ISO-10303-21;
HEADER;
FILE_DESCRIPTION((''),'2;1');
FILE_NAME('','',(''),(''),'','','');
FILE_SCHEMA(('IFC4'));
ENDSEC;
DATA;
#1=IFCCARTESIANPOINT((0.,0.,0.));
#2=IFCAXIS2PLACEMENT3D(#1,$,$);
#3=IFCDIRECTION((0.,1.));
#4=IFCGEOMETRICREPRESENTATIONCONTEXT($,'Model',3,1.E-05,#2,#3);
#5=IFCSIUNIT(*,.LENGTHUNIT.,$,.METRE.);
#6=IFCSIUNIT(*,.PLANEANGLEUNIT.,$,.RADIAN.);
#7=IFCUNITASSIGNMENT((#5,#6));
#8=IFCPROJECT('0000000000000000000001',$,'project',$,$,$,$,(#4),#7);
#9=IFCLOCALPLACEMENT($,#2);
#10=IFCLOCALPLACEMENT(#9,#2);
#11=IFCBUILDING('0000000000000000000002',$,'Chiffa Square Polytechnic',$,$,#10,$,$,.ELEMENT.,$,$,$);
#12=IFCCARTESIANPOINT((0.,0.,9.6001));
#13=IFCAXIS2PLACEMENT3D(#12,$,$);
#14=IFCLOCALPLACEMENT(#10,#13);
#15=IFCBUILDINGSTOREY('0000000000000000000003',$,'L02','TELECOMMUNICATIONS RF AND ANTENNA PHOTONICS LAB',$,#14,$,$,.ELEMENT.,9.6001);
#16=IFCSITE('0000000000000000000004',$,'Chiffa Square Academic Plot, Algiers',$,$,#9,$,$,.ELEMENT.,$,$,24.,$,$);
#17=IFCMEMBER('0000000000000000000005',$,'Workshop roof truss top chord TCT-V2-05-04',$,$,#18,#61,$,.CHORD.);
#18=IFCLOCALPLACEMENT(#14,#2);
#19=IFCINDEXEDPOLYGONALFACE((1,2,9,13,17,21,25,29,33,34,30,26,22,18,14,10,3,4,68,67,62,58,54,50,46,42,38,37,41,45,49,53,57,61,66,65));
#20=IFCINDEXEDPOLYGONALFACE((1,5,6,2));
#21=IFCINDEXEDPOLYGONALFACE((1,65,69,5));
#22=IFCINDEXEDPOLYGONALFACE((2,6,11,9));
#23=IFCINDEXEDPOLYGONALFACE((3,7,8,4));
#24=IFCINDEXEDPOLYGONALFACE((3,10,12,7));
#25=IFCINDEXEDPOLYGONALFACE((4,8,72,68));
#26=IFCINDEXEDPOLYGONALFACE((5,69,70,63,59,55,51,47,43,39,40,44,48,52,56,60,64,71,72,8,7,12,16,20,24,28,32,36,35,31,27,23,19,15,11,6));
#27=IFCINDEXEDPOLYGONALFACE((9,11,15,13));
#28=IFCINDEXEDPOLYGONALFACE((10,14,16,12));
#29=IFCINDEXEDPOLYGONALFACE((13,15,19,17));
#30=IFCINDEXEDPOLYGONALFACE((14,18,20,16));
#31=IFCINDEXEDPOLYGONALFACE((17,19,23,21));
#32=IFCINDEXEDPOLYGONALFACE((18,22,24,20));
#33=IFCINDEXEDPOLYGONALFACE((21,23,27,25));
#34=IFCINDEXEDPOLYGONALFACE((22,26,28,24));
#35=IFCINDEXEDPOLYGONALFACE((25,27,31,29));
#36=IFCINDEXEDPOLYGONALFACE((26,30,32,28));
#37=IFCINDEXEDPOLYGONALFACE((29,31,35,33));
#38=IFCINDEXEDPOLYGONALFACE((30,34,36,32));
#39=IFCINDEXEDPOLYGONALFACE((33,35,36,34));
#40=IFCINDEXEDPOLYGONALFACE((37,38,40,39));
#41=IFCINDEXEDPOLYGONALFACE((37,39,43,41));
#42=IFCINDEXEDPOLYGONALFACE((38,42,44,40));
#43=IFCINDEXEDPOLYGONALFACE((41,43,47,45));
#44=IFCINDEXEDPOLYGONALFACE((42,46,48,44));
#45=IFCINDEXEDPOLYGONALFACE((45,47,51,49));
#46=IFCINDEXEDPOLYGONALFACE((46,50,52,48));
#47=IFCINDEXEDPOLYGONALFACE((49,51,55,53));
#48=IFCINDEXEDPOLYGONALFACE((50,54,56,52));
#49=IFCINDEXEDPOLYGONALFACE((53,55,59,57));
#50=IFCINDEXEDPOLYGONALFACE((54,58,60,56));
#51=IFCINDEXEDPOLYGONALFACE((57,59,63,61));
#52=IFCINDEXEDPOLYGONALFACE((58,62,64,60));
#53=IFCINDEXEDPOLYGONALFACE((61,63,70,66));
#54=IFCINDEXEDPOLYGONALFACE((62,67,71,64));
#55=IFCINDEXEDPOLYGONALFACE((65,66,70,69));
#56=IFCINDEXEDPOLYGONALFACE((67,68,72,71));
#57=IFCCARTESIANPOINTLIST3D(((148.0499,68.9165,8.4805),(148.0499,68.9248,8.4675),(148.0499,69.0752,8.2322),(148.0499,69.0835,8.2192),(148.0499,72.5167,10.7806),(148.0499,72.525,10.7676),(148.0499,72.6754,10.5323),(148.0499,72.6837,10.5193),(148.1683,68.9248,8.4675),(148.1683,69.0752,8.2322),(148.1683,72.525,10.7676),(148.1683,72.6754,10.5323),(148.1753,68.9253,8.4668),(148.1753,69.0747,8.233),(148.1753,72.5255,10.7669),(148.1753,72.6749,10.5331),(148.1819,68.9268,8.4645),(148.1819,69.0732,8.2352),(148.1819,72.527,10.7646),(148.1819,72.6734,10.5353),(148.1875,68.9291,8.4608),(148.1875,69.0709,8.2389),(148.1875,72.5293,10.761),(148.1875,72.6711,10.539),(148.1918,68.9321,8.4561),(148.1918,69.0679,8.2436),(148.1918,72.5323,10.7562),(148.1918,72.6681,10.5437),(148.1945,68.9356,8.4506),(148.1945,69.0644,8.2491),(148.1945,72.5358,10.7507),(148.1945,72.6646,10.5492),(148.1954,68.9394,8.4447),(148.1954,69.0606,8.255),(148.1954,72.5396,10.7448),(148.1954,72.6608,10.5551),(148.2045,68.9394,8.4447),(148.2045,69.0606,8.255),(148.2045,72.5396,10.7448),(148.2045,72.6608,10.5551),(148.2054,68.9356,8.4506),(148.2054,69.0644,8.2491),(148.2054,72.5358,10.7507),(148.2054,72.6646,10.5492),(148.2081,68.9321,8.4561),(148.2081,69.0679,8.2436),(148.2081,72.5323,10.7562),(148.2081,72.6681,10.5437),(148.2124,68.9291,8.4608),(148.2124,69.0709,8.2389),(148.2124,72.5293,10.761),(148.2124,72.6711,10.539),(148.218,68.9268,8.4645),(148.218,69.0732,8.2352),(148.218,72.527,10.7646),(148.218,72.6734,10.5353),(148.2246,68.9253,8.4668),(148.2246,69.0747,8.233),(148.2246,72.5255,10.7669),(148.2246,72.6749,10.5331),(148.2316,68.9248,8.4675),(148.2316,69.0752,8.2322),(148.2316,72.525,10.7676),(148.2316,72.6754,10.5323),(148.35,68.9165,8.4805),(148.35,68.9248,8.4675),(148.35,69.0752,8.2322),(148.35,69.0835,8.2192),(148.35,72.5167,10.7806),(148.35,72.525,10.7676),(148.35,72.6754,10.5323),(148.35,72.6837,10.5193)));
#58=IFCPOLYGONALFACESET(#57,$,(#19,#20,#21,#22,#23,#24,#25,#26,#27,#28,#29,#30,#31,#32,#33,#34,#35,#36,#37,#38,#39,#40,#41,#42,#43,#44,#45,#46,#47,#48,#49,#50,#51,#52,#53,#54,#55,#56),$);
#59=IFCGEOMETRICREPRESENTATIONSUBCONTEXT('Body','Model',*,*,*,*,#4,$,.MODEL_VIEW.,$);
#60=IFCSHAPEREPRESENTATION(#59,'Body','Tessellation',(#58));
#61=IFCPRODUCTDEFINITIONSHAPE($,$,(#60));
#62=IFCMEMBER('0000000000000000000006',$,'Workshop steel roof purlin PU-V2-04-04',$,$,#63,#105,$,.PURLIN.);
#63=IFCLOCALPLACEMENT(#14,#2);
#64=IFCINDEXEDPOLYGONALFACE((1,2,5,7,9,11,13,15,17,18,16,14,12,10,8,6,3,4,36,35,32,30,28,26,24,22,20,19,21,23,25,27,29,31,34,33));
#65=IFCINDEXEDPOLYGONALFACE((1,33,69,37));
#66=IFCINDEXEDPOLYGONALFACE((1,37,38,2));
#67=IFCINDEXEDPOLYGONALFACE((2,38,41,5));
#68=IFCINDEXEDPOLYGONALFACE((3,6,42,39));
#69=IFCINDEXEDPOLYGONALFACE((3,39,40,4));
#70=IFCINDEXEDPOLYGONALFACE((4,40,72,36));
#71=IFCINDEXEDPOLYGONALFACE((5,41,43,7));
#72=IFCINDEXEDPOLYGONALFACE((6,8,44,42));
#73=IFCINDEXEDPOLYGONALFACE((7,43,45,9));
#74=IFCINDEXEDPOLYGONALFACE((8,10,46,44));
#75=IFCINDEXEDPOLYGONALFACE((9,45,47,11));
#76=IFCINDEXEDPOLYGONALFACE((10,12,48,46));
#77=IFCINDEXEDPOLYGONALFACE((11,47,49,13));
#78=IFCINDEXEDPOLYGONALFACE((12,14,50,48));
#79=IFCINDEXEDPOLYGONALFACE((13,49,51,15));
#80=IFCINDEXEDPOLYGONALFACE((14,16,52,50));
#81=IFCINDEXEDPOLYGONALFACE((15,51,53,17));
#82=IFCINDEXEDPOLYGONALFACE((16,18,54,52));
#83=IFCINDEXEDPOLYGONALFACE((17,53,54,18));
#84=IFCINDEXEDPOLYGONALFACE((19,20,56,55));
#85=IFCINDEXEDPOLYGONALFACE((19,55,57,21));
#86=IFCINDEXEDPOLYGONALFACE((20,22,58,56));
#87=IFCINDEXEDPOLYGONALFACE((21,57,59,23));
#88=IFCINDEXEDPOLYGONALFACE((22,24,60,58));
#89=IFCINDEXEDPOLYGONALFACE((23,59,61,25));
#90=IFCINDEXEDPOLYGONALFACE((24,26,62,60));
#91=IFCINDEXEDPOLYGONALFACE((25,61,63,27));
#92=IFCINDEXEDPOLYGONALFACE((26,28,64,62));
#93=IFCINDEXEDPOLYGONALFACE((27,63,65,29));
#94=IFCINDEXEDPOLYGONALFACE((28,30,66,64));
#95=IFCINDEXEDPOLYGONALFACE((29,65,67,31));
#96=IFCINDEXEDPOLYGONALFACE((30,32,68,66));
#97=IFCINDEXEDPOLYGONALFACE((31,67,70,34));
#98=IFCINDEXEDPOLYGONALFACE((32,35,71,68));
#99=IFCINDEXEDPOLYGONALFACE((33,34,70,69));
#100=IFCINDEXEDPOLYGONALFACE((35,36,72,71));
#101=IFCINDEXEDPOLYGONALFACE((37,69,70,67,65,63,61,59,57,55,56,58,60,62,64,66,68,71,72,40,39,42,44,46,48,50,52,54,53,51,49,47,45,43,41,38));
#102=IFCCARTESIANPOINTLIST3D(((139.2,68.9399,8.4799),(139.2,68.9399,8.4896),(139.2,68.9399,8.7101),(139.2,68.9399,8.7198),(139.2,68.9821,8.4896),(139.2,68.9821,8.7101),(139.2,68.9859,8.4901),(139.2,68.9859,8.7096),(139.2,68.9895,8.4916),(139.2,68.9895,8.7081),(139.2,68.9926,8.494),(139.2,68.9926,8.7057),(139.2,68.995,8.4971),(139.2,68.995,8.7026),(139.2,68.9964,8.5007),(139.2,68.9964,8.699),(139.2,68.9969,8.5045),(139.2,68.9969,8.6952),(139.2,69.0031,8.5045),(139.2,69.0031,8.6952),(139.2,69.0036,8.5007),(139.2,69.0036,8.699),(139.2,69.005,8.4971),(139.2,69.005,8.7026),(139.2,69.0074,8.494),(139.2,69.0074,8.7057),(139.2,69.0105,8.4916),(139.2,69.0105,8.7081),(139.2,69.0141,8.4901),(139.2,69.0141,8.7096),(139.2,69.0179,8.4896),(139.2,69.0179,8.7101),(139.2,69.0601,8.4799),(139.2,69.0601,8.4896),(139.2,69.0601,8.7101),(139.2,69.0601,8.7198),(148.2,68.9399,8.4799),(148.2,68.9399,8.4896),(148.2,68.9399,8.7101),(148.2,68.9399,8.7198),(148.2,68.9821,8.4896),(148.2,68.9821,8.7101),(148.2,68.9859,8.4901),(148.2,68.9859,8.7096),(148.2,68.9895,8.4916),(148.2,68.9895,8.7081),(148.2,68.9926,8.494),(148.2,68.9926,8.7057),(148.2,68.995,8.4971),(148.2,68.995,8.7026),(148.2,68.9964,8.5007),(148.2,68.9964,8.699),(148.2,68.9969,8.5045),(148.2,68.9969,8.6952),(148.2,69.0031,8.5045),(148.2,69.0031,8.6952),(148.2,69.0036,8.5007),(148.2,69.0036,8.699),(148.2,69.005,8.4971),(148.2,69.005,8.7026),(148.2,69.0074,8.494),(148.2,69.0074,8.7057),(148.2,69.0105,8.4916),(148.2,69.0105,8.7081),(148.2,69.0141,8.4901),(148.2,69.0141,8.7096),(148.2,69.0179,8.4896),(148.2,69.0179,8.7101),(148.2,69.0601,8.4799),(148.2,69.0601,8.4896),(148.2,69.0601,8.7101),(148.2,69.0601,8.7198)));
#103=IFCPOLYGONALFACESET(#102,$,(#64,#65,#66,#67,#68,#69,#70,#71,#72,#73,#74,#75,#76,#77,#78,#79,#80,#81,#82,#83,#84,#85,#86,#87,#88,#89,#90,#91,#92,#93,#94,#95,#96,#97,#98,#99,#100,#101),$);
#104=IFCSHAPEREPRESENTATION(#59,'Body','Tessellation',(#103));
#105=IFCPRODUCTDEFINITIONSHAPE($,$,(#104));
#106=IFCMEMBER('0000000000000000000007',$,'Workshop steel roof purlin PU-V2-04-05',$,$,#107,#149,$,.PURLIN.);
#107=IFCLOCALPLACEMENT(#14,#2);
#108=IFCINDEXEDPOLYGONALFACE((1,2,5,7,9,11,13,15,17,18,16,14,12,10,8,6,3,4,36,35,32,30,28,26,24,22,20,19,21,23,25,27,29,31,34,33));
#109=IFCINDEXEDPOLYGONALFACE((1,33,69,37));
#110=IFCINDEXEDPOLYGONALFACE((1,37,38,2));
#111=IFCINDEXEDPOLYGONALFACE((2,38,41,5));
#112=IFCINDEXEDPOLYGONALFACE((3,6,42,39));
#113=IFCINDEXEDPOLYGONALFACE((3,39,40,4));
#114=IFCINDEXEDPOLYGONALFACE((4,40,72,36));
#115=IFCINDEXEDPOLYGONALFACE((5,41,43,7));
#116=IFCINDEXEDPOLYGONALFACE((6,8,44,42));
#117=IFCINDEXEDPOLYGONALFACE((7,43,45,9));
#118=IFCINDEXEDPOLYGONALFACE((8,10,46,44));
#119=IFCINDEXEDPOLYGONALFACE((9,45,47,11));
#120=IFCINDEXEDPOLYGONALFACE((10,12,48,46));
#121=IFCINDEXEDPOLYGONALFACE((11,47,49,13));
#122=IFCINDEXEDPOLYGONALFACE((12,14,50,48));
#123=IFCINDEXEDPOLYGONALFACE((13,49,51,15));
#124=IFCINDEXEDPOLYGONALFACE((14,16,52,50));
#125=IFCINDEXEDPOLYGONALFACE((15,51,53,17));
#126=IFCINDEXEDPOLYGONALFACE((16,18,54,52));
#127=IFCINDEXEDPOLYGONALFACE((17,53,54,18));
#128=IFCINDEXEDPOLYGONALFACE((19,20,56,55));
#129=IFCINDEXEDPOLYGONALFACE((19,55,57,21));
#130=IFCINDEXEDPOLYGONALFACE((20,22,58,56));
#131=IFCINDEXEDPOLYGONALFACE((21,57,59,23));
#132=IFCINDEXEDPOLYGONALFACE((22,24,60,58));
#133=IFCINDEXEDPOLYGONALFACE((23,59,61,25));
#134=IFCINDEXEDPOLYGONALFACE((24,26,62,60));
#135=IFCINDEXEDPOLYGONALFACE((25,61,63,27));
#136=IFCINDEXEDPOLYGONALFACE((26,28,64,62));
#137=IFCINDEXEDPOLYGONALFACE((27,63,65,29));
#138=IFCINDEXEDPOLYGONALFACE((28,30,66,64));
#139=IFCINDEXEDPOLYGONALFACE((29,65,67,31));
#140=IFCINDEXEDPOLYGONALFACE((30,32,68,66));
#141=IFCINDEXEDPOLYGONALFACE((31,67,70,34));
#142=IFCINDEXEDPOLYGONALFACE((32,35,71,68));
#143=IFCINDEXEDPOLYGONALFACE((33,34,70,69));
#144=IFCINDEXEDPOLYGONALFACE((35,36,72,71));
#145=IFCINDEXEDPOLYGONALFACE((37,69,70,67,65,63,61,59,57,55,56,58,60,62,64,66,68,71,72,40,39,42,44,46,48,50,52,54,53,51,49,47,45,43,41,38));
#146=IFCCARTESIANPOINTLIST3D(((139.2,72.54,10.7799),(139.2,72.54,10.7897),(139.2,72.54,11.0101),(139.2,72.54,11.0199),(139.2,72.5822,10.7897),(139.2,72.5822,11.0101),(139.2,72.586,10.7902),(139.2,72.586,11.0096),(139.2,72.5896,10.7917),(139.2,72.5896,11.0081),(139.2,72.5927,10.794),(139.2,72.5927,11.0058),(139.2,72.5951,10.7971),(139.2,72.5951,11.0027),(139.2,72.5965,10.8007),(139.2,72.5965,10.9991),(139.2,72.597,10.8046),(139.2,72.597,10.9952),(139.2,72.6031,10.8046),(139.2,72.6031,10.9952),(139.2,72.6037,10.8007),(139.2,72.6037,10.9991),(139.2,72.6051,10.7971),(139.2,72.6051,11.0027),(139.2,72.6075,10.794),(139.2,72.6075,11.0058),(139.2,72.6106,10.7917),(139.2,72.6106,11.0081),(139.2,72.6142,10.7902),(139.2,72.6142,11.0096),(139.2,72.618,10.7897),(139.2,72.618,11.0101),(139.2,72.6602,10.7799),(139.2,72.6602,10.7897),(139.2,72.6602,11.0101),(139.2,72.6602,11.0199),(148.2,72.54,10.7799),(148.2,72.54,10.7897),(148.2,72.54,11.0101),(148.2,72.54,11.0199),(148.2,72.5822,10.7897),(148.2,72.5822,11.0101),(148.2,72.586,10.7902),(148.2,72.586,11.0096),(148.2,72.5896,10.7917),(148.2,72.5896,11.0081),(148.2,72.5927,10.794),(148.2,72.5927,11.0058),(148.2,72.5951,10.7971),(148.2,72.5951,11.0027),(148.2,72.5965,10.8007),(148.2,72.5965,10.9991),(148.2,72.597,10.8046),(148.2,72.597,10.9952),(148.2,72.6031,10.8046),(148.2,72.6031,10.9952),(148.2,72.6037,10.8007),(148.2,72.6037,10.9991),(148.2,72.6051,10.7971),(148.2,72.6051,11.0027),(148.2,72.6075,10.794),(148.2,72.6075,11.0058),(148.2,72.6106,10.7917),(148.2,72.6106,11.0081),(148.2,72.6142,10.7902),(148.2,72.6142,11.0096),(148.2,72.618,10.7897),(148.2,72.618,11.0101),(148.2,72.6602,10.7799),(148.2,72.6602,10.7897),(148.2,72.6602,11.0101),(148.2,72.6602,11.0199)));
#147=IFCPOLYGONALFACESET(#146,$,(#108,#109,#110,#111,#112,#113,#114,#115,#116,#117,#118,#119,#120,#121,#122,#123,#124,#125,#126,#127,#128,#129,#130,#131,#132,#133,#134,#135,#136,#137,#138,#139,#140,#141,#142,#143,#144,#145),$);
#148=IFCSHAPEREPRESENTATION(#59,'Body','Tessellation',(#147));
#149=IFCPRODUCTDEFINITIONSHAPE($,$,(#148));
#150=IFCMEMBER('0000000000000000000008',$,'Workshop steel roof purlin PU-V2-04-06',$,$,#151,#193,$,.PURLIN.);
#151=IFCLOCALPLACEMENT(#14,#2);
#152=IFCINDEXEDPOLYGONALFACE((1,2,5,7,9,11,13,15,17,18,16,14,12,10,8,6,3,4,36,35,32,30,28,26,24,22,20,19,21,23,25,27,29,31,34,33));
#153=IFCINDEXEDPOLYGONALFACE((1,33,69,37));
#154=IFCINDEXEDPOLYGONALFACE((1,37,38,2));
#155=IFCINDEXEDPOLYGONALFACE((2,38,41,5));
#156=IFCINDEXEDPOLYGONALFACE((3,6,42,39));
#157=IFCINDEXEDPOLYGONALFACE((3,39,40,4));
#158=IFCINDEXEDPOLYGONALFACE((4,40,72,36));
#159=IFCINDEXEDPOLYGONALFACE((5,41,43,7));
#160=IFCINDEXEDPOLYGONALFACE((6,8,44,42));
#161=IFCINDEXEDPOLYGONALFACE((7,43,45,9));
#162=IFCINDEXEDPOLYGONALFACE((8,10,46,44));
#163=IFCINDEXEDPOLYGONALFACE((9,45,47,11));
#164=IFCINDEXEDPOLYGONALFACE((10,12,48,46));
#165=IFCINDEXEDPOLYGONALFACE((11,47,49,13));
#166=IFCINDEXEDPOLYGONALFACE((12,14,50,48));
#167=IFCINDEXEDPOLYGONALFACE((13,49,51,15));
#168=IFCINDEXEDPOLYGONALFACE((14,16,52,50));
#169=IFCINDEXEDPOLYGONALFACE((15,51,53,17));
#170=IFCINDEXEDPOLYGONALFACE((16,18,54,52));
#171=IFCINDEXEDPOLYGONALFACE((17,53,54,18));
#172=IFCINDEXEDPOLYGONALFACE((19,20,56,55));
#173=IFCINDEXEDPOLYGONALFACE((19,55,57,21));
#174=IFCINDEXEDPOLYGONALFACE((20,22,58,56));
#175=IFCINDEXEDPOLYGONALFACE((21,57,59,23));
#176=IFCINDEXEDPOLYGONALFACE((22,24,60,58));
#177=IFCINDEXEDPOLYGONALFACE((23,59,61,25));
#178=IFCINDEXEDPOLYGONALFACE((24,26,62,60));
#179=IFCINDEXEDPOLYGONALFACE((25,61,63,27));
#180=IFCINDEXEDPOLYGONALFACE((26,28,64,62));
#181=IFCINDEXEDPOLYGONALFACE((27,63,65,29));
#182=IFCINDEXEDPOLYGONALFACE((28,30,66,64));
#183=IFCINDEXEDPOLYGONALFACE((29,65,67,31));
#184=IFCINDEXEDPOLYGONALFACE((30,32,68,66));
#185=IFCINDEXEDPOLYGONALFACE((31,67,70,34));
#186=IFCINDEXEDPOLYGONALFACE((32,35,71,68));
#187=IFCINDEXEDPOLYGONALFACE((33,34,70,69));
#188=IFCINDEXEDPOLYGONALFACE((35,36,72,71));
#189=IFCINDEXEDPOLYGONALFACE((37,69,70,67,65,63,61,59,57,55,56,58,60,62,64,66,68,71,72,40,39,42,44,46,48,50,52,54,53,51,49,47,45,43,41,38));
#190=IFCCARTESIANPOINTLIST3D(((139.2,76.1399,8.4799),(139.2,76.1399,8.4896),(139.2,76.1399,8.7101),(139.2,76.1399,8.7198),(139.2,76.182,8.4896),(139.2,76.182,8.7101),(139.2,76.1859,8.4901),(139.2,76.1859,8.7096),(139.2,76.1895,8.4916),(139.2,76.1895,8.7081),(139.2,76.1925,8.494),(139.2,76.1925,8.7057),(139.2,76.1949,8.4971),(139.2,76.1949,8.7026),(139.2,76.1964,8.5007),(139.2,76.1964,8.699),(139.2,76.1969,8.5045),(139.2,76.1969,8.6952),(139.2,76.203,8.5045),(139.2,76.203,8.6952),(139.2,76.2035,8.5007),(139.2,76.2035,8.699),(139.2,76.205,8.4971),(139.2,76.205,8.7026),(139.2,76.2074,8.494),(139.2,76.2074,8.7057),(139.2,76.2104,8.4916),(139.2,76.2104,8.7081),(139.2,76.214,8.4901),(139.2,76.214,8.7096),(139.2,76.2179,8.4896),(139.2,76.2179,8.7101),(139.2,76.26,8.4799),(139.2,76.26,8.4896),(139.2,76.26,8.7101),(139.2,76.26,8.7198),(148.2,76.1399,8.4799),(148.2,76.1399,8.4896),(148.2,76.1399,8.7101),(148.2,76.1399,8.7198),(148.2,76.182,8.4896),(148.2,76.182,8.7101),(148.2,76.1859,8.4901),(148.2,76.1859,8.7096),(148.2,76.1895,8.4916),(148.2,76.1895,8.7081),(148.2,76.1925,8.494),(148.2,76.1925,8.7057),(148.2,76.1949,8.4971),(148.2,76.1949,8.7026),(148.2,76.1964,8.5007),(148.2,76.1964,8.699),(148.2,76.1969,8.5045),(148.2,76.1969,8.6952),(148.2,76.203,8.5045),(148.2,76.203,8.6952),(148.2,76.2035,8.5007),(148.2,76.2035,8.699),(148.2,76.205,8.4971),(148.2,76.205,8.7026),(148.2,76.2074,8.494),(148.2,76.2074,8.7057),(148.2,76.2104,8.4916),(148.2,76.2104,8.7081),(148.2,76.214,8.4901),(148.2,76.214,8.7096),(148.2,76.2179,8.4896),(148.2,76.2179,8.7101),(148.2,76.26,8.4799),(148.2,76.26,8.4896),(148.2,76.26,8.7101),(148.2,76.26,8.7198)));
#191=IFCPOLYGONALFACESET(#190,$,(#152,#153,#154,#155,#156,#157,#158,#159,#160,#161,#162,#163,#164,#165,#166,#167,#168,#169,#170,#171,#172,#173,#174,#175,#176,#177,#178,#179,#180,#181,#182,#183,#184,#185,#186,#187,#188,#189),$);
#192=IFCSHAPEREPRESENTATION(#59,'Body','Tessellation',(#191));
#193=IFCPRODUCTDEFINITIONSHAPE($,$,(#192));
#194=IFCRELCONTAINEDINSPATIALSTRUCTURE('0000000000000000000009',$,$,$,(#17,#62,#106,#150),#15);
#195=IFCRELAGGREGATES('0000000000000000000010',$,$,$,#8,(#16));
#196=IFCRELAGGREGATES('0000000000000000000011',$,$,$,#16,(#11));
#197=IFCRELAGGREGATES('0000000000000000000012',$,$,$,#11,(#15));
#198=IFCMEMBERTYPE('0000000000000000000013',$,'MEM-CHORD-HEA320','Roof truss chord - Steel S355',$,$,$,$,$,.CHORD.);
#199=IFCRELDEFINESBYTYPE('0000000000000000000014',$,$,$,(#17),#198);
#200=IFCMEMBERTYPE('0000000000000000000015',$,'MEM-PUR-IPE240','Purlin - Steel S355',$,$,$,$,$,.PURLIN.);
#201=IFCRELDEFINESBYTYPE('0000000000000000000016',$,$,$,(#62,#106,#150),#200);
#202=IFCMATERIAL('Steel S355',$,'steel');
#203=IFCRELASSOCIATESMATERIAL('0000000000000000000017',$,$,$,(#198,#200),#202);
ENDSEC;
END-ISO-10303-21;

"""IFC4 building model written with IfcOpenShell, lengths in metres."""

from ifc_helpers import new_model, si_unit, direction, frame, origin, origin_2d, place, context, subcontext, project, spatial, i_section, extrude, material, material_profile, profile_set, type_object, element, save


model = new_model("IFC4")

# Units and contexts
model_context = context("Model", 3, precision=1e-05, world=origin(), true_north=direction((0.0, 1.0)))
body_context = subcontext(model_context, "Body", "Model", "MODEL_VIEW")
ifc_project = project(units=[si_unit("LENGTHUNIT", "METRE"), si_unit("PLANEANGLEUNIT", "RADIAN")], contexts=[model_context])

# Site, building, storey
site_placement = place(None, origin())
site = spatial("IfcSite", under=ifc_project, at=site_placement, Name="Chiffa Square Academic Plot, Algiers", CompositionType="ELEMENT", RefElevation=24.0)
building_placement = place(site_placement, origin())
building = spatial("IfcBuilding", under=site, at=building_placement, Name="Chiffa Square Polytechnic", CompositionType="ELEMENT")
storey_placement = place(building_placement, frame((0.0, 0.0, 9.6001)))
storey = spatial("IfcBuildingStorey", under=building, at=storey_placement, Name="L02", Description="TELECOMMUNICATIONS RF AND ANTENNA PHOTONICS LAB", CompositionType="ELEMENT", Elevation=9.6001)

# Members
ifc_material_1 = material(Name="Steel S355", Category="steel")
ifc_material_profile_1 = material_profile(ifc_material_1, i_section(OverallWidth=0.3, OverallDepth=0.3101, WebThickness=0.009, FlangeThickness=0.0154, FilletRadius=0.0271, at=origin_2d()), Name="HEA 320")
ifc_profile_set_1 = profile_set([ifc_material_profile_1], Name="Steel S355")
member_type_1 = type_object("IfcMemberType", Name="MEM-CHORD-HEA320", Description="Roof truss chord - Steel S355", PredefinedType="CHORD", material=ifc_profile_set_1)
member_1_placement = place(storey_placement, frame((148.2, 69.0, 8.3499), z_axis=(0.0, 0.842698, 0.538387), x_axis=(-1.0, 0.0, 0.0)))
element("IfcMember", 1, at=member_1_placement, inside=storey, type_object=member_type_1, Name="Workshop roof truss top chord TCT-V2-05-04", PredefinedType="CHORD", context=body_context, shape_type="SweptSolid", body=[
    extrude(i_section(OverallWidth=0.3, OverallDepth=0.3101, WebThickness=0.009, FlangeThickness=0.0154, FilletRadius=0.0271, at=origin_2d()), origin(), (0.0, 0.0, 1.0), 4.2722),
])
ifc_material_profile_2 = material_profile(ifc_material_1, i_section(OverallWidth=0.1201, OverallDepth=0.24, WebThickness=0.0061, FlangeThickness=0.0098, FilletRadius=0.0149, at=origin_2d()), Name="IPE 240")
ifc_profile_set_2 = profile_set([ifc_material_profile_2], Name="Steel S355")
member_type_2 = type_object("IfcMemberType", Name="MEM-PUR-IPE240", Description="Purlin - Steel S355", PredefinedType="PURLIN", material=ifc_profile_set_2)
for number, where, z_axis, x_axis, name in (
    (2, (139.2, 69.0, 8.5999), (1.0, 0.0, 0.0), (0.0, 1.0, 0.0), "Workshop steel roof purlin PU-V2-04-04"),
    (3, (139.2, 72.6001, 10.8999), (1.0, 0.0, 0.0), (0.0, 1.0, 0.0), "Workshop steel roof purlin PU-V2-04-05"),
    (4, (139.2, 76.2, 8.5999), (1.0, 0.0, 0.0), (0.0, 1.0, 0.0), "Workshop steel roof purlin PU-V2-04-06"),
):
    element("IfcMember", number, at=place(storey_placement, frame(where, z_axis=z_axis, x_axis=x_axis)), inside=storey, type_object=member_type_2, Name=name, PredefinedType="PURLIN", context=body_context, shape_type="SweptSolid", body=[
        extrude(i_section(OverallWidth=0.1201, OverallDepth=0.24, WebThickness=0.0061, FlangeThickness=0.0098, FilletRadius=0.0149, at=origin_2d()), origin(), (0.0, 0.0, 1.0), 9.0),
    ])

save(model, "model.ifc")
